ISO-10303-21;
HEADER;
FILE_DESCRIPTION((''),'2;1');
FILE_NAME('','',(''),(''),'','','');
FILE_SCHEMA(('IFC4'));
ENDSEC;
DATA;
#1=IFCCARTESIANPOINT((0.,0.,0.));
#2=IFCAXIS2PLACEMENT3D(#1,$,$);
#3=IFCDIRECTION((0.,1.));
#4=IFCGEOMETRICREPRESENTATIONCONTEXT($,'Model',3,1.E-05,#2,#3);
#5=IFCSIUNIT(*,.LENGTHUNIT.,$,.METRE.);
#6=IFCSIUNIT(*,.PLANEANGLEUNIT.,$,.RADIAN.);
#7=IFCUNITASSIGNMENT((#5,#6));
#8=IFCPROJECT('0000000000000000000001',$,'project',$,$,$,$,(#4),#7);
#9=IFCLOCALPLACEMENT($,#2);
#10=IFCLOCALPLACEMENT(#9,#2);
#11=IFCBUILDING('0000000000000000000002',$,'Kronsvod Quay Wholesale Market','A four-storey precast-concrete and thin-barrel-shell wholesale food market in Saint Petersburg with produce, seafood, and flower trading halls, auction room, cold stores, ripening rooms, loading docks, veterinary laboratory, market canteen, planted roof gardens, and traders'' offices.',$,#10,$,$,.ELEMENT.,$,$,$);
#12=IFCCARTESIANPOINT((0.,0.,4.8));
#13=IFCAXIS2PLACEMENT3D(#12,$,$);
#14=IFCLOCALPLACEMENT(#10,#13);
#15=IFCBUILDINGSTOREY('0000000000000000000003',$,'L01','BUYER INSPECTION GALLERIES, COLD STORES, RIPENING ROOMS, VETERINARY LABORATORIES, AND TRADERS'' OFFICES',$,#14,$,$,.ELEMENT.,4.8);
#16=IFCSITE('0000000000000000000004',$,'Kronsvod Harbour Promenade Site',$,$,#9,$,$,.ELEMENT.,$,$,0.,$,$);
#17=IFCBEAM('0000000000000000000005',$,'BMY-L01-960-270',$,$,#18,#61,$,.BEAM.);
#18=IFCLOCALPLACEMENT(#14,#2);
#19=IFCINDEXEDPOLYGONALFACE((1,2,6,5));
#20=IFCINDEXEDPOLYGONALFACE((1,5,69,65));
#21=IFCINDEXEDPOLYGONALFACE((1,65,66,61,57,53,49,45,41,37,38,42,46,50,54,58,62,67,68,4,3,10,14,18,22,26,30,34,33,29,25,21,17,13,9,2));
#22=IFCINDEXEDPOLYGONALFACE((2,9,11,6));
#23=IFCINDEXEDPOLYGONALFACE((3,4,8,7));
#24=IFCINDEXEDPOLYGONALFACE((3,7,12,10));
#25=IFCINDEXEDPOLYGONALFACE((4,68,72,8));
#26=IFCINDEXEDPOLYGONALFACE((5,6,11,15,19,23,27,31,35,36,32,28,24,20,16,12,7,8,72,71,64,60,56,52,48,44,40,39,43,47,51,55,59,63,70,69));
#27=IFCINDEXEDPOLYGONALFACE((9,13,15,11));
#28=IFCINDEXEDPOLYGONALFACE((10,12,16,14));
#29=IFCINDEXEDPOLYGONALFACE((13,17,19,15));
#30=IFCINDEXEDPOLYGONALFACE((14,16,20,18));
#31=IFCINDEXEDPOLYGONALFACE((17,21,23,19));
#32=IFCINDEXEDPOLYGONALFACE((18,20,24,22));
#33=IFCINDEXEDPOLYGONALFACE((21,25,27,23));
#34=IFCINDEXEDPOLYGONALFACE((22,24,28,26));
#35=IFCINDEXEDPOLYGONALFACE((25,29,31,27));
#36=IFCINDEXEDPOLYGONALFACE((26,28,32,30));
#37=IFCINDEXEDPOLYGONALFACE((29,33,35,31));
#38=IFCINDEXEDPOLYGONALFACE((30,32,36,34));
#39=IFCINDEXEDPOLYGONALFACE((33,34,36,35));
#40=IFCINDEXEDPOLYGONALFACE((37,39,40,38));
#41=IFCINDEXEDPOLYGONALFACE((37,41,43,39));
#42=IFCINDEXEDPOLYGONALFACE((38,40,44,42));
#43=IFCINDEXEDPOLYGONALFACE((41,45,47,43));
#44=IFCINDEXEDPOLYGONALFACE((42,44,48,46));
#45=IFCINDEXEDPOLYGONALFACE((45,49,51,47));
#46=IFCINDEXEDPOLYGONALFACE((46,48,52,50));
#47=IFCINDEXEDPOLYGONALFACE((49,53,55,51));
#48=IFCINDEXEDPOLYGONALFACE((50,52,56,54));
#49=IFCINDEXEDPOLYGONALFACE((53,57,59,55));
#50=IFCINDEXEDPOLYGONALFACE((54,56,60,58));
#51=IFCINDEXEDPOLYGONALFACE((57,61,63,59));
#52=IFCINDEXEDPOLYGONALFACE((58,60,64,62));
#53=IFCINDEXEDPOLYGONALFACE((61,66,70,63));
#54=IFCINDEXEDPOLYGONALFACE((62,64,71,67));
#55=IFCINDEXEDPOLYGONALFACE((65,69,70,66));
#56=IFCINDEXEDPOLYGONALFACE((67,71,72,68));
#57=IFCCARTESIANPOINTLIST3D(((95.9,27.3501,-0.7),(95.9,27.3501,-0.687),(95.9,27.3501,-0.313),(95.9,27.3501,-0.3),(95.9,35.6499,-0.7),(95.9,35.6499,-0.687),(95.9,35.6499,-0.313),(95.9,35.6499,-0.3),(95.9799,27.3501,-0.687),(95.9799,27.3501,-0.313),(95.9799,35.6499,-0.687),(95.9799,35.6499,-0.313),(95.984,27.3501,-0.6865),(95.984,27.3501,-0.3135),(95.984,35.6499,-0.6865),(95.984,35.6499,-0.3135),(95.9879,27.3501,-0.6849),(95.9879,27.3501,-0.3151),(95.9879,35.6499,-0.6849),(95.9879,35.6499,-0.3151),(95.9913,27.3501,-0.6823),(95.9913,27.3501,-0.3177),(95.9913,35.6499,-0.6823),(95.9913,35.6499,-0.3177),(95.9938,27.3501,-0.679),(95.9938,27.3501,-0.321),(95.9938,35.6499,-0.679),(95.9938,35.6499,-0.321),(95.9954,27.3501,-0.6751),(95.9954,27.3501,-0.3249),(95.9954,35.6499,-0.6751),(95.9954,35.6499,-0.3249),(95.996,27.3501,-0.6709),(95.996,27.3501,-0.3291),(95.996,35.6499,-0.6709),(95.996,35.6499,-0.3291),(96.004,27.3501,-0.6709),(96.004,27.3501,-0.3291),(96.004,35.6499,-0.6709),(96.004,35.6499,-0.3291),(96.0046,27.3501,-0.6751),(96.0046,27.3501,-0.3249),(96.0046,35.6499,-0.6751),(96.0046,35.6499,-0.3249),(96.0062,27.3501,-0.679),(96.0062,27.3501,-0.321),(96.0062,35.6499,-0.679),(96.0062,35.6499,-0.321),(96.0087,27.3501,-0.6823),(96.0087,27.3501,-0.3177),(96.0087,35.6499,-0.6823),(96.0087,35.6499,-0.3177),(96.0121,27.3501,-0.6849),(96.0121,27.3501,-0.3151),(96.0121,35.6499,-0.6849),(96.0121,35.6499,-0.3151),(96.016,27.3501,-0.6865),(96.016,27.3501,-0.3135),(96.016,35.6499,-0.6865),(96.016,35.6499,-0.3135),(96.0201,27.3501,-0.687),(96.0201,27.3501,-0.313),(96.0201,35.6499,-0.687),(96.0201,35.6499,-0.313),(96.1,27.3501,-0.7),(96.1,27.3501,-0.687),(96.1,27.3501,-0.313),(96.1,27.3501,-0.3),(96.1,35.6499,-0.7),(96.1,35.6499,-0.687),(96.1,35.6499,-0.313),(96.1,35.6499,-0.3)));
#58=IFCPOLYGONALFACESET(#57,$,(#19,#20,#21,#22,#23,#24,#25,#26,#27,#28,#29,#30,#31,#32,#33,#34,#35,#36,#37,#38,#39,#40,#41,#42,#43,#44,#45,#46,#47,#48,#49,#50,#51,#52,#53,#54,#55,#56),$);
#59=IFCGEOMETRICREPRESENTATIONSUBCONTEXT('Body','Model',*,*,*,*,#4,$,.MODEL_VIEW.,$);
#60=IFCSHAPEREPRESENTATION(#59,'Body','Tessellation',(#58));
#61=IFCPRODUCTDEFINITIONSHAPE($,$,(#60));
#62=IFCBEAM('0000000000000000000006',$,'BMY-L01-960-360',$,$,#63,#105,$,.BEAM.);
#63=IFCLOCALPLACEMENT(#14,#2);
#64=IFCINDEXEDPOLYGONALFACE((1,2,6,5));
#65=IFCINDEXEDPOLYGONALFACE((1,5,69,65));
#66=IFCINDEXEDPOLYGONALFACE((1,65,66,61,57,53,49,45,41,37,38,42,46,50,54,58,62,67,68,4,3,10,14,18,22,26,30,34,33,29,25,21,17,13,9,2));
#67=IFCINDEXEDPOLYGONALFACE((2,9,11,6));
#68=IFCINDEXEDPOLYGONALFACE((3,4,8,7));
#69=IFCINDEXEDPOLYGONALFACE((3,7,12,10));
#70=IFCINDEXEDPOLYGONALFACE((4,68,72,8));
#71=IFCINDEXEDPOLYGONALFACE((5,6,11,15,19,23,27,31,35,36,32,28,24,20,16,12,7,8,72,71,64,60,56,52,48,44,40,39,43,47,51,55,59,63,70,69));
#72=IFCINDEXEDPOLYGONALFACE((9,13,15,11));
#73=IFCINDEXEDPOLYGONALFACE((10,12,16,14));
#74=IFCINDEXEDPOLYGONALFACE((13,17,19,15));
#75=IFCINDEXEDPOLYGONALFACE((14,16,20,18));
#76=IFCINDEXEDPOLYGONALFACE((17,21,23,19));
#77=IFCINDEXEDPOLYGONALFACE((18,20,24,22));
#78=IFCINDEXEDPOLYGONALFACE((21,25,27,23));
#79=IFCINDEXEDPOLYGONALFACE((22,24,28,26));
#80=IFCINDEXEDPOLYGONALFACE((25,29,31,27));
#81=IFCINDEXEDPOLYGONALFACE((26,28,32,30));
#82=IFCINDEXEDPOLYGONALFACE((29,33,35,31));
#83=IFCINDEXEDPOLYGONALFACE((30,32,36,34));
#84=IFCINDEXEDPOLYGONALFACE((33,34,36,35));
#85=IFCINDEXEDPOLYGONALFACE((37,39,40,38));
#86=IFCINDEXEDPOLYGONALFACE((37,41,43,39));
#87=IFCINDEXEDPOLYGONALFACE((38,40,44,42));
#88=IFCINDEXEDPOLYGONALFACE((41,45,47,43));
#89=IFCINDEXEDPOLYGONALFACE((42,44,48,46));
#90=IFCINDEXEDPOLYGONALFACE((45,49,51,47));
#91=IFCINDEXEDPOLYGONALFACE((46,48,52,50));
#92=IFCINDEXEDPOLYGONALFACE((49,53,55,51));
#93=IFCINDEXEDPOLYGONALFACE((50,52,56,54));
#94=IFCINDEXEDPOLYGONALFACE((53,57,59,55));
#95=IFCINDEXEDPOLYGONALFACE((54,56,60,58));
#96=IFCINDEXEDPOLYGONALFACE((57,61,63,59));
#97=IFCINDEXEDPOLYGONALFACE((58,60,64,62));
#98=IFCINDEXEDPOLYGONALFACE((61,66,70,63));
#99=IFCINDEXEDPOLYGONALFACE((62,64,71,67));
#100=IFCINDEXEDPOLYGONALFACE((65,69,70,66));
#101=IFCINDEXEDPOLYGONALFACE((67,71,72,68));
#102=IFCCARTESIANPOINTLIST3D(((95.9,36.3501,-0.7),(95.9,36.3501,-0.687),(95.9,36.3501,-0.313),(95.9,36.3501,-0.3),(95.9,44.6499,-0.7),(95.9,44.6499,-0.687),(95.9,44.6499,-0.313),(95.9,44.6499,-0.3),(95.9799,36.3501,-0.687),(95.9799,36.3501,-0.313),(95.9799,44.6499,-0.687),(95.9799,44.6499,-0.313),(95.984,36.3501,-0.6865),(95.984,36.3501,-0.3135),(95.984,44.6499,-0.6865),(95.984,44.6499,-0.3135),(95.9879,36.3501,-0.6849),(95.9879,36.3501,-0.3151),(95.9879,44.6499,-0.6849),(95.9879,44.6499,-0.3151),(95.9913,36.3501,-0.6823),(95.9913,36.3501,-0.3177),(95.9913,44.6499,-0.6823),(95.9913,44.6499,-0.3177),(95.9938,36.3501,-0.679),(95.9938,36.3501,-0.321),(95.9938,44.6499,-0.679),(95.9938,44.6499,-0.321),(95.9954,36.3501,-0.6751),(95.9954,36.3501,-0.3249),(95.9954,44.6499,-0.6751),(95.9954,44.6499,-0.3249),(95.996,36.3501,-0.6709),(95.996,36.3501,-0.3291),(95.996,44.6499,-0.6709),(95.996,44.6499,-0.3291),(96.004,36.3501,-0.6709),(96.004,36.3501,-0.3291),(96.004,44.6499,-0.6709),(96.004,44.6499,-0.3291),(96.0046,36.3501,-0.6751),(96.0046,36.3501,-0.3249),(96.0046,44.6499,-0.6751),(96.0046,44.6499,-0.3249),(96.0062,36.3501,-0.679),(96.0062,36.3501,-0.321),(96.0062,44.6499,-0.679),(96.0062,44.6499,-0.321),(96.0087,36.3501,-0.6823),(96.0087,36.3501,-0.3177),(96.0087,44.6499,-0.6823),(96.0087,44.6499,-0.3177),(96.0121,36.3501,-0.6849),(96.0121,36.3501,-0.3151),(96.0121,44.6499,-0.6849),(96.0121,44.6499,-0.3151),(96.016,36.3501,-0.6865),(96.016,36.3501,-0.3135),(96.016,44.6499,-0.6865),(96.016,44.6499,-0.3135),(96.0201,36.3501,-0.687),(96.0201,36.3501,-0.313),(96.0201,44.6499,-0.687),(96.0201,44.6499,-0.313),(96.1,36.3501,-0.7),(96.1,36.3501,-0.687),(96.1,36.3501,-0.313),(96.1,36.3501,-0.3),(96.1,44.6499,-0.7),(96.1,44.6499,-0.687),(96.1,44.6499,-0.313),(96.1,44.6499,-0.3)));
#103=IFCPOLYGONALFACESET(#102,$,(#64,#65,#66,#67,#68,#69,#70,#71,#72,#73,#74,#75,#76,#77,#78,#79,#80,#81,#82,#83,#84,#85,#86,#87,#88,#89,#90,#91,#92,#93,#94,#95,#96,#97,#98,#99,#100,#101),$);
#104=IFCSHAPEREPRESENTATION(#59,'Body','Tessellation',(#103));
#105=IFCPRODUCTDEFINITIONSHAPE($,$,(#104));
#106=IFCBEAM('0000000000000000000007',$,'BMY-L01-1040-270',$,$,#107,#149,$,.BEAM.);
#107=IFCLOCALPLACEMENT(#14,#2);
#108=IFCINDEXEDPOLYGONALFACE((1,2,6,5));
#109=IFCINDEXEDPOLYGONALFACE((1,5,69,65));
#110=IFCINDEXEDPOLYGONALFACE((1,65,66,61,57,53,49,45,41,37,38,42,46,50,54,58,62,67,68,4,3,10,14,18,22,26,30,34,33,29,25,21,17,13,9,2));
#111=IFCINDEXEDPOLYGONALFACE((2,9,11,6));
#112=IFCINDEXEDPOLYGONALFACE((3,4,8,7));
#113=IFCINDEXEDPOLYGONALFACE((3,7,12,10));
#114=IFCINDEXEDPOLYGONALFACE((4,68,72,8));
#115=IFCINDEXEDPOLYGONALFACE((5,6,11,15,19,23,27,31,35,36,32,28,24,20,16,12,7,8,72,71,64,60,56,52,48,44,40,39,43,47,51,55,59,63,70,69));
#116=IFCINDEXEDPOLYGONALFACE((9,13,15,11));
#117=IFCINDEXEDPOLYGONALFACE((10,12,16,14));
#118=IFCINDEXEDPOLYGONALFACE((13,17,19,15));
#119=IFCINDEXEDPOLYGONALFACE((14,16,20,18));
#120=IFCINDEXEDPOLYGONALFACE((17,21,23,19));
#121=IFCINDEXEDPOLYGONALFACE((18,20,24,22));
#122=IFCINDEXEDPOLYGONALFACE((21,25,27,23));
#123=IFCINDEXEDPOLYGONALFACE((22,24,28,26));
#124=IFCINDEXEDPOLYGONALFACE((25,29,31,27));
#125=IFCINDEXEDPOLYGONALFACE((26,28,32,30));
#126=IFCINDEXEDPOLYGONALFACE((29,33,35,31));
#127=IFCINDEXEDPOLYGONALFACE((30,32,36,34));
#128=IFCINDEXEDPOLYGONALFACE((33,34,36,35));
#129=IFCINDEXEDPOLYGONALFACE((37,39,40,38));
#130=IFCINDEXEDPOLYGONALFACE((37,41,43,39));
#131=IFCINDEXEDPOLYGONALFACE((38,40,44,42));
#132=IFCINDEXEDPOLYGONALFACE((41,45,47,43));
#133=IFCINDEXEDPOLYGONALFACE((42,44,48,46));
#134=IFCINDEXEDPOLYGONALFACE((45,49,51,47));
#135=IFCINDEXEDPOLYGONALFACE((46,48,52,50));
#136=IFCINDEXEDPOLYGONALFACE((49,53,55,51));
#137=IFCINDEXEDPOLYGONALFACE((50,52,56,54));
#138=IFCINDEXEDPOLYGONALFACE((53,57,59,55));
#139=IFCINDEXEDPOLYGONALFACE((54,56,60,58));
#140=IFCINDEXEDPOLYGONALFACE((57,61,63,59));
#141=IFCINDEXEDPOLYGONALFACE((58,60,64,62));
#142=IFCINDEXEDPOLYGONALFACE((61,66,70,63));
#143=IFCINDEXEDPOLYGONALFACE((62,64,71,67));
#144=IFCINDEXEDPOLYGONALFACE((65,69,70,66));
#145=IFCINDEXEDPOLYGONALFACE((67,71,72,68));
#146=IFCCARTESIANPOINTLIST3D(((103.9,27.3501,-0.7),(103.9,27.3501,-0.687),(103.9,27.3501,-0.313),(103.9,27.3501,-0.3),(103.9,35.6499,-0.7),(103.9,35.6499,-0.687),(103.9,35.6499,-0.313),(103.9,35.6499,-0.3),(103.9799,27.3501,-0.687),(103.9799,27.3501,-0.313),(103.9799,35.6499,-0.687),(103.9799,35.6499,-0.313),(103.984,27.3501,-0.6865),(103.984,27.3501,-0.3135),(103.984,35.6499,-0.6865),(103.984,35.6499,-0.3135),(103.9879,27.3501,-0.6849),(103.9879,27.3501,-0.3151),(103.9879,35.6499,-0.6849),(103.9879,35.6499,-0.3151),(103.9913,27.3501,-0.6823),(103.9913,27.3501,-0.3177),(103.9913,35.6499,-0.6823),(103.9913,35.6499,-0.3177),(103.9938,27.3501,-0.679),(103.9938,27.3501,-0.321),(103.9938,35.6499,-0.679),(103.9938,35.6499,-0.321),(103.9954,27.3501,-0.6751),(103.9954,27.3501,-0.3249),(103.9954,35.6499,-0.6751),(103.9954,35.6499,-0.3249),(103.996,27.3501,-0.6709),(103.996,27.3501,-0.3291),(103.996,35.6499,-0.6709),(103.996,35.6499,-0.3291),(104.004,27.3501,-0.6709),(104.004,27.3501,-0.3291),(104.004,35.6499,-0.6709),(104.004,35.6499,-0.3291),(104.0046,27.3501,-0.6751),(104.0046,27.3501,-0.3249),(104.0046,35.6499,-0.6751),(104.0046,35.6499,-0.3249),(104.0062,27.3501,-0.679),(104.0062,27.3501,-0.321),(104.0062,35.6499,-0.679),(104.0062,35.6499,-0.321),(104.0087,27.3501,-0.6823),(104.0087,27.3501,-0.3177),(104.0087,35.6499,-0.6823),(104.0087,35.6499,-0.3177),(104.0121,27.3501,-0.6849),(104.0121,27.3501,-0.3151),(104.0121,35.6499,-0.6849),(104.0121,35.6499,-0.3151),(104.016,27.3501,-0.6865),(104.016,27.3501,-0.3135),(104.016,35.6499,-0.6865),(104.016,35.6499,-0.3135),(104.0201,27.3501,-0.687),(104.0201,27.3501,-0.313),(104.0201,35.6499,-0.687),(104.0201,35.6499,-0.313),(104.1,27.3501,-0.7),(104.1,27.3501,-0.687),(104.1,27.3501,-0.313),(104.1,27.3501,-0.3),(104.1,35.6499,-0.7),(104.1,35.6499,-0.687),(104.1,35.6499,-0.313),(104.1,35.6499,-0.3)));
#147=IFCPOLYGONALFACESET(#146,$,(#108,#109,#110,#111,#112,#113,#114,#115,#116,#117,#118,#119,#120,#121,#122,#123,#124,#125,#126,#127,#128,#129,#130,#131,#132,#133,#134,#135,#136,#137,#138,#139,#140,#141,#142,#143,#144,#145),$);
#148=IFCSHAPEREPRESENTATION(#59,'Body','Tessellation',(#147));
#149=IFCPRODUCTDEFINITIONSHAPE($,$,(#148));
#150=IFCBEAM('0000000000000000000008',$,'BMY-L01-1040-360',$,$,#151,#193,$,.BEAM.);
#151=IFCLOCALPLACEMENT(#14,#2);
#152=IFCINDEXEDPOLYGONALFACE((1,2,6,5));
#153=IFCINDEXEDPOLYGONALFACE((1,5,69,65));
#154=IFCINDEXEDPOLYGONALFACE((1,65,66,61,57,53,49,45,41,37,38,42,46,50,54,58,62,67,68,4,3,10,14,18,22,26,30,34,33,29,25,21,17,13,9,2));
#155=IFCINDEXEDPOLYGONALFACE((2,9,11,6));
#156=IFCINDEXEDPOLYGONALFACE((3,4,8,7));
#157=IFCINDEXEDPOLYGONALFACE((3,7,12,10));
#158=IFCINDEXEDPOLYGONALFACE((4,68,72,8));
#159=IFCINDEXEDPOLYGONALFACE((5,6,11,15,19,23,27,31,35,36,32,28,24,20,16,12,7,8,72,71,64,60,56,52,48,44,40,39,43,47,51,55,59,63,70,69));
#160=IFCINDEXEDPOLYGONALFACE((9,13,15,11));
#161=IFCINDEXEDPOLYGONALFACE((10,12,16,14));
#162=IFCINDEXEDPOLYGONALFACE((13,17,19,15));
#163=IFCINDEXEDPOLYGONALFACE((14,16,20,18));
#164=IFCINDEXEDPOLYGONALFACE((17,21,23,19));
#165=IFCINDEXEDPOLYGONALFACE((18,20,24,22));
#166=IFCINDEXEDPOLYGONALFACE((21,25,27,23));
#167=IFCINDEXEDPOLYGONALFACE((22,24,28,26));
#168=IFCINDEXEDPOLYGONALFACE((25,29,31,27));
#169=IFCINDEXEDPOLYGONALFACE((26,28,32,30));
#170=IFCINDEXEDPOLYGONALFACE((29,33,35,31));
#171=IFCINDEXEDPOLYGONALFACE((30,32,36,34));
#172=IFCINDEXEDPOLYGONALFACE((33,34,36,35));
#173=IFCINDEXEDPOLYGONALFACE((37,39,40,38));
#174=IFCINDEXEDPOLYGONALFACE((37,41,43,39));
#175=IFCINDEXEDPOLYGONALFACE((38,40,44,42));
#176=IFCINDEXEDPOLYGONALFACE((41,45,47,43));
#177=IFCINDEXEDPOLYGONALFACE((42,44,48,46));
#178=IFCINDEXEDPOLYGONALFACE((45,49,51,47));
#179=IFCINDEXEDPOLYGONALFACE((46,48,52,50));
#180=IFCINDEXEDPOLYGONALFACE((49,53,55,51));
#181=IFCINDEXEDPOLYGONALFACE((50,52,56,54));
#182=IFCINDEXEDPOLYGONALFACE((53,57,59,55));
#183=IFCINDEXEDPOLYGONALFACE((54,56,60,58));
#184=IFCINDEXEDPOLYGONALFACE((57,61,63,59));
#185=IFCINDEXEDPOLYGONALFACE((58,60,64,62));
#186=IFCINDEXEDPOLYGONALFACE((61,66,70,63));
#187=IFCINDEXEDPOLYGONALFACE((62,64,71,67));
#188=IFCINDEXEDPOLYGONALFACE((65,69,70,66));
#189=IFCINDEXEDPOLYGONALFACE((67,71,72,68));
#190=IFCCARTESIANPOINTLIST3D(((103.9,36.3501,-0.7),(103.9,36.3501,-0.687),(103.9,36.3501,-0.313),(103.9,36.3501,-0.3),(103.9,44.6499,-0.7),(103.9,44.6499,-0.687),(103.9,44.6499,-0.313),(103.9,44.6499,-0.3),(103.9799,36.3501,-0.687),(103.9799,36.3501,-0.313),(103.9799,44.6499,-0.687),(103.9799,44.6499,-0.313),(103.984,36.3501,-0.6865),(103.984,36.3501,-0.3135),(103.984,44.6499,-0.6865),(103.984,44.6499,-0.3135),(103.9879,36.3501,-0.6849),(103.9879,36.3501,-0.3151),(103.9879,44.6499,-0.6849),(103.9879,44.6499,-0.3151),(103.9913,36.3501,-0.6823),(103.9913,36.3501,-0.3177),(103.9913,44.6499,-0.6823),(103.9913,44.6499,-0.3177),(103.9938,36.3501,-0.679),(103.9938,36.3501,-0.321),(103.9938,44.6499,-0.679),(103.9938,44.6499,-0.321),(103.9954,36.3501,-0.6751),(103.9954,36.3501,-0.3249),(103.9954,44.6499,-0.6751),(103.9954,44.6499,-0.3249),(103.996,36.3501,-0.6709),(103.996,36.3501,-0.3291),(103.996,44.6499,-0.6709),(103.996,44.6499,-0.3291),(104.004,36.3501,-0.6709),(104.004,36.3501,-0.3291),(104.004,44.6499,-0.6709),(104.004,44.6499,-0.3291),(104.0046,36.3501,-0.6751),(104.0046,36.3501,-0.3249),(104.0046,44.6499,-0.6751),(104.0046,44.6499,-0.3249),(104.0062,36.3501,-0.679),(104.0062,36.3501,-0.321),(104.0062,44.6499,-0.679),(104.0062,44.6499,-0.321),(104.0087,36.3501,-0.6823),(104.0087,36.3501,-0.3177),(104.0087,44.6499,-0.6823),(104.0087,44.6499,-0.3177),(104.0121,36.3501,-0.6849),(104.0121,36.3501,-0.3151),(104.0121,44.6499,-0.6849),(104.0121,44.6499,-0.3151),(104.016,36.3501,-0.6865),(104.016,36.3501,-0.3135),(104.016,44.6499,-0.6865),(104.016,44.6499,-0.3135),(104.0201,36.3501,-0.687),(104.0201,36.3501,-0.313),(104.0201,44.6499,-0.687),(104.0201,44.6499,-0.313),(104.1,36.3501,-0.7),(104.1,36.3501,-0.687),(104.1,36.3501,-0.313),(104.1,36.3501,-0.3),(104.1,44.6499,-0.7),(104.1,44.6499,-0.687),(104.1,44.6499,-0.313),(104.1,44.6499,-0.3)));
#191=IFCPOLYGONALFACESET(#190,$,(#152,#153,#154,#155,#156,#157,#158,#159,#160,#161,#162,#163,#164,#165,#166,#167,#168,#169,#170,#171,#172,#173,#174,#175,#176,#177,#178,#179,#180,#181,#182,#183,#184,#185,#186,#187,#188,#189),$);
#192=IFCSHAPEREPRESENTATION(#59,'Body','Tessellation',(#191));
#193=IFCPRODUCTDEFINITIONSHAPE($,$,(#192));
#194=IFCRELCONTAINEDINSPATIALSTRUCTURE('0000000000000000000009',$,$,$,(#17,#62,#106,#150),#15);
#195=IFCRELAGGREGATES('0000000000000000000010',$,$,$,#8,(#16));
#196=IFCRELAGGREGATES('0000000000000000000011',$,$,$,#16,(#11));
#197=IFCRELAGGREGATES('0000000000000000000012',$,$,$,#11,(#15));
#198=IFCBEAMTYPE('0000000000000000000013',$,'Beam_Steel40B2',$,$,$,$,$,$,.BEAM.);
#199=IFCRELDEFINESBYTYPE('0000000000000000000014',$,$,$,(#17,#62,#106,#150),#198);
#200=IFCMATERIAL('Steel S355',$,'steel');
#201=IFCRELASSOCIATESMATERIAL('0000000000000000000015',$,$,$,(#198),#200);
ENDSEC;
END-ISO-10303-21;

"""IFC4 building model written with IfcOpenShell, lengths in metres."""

from ifc_helpers import new_model, si_unit, direction, frame, origin, origin_2d, place, context, subcontext, project, spatial, i_section, extrude, material, material_profile, profile_set, type_object, element, save


model = new_model("IFC4")

# Units and contexts
model_context = context("Model", 3, precision=1e-05, world=origin(), true_north=direction((0.0, 1.0)))
body_context = subcontext(model_context, "Body", "Model", "MODEL_VIEW")
ifc_project = project(units=[si_unit("LENGTHUNIT", "METRE"), si_unit("PLANEANGLEUNIT", "RADIAN")], contexts=[model_context])

# Site, building, storey
site_placement = place(None, origin())
site = spatial("IfcSite", under=ifc_project, at=site_placement, Name="Kronsvod Harbour Promenade Site", CompositionType="ELEMENT", RefElevation=0.0)
building_placement = place(site_placement, origin())
building = spatial("IfcBuilding", under=site, at=building_placement, Name="Kronsvod Quay Wholesale Market", Description="A four-storey precast-concrete and thin-barrel-shell wholesale food market in Saint Petersburg with produce, seafood, and flower trading halls, auction room, cold stores, ripening rooms, loading docks, veterinary laboratory, market canteen, planted roof gardens, and traders' offices.", CompositionType="ELEMENT")
storey_placement = place(building_placement, frame((0.0, 0.0, 4.8)))
storey = spatial("IfcBuildingStorey", under=building, at=storey_placement, Name="L01", Description="BUYER INSPECTION GALLERIES, COLD STORES, RIPENING ROOMS, VETERINARY LABORATORIES, AND TRADERS' OFFICES", CompositionType="ELEMENT", Elevation=4.8)

# Beams
ifc_material_1 = material(Name="Steel S355", Category="steel")
ifc_material_profile_1 = material_profile(ifc_material_1, i_section(OverallWidth=0.2, OverallDepth=0.3999, WebThickness=0.0081, FlangeThickness=0.0129, FilletRadius=0.0161, at=origin_2d()), Name="40B2")
ifc_profile_set_1 = profile_set([ifc_material_profile_1], Name="Steel S355")
beam_type_1 = type_object("IfcBeamType", Name="Beam_Steel40B2", PredefinedType="BEAM", material=ifc_profile_set_1)
for number, where, z_axis, x_axis, name in (
    (1, (96.0, 27.3501, -0.5), (0.0, 1.0, 0.0), (-1.0, 0.0, 0.0), "BMY-L01-960-270"),
    (2, (96.0, 36.3501, -0.5), (0.0, 1.0, 0.0), (-1.0, 0.0, 0.0), "BMY-L01-960-360"),
    (3, (104.0, 27.3501, -0.5), (0.0, 1.0, 0.0), (-1.0, 0.0, 0.0), "BMY-L01-1040-270"),
    (4, (104.0, 36.3501, -0.5), (0.0, 1.0, 0.0), (-1.0, 0.0, 0.0), "BMY-L01-1040-360"),
):
    element("IfcBeam", number, at=place(storey_placement, frame(where, z_axis=z_axis, x_axis=x_axis)), inside=storey, type_object=beam_type_1, Name=name, PredefinedType="BEAM", context=body_context, shape_type="SweptSolid", body=[
        extrude(i_section(OverallWidth=0.2, OverallDepth=0.3999, WebThickness=0.0081, FlangeThickness=0.0129, FilletRadius=0.0161, at=origin_2d()), origin(), (0.0, 0.0, 1.0), 8.2998),
    ])

save(model, "model.ifc")
